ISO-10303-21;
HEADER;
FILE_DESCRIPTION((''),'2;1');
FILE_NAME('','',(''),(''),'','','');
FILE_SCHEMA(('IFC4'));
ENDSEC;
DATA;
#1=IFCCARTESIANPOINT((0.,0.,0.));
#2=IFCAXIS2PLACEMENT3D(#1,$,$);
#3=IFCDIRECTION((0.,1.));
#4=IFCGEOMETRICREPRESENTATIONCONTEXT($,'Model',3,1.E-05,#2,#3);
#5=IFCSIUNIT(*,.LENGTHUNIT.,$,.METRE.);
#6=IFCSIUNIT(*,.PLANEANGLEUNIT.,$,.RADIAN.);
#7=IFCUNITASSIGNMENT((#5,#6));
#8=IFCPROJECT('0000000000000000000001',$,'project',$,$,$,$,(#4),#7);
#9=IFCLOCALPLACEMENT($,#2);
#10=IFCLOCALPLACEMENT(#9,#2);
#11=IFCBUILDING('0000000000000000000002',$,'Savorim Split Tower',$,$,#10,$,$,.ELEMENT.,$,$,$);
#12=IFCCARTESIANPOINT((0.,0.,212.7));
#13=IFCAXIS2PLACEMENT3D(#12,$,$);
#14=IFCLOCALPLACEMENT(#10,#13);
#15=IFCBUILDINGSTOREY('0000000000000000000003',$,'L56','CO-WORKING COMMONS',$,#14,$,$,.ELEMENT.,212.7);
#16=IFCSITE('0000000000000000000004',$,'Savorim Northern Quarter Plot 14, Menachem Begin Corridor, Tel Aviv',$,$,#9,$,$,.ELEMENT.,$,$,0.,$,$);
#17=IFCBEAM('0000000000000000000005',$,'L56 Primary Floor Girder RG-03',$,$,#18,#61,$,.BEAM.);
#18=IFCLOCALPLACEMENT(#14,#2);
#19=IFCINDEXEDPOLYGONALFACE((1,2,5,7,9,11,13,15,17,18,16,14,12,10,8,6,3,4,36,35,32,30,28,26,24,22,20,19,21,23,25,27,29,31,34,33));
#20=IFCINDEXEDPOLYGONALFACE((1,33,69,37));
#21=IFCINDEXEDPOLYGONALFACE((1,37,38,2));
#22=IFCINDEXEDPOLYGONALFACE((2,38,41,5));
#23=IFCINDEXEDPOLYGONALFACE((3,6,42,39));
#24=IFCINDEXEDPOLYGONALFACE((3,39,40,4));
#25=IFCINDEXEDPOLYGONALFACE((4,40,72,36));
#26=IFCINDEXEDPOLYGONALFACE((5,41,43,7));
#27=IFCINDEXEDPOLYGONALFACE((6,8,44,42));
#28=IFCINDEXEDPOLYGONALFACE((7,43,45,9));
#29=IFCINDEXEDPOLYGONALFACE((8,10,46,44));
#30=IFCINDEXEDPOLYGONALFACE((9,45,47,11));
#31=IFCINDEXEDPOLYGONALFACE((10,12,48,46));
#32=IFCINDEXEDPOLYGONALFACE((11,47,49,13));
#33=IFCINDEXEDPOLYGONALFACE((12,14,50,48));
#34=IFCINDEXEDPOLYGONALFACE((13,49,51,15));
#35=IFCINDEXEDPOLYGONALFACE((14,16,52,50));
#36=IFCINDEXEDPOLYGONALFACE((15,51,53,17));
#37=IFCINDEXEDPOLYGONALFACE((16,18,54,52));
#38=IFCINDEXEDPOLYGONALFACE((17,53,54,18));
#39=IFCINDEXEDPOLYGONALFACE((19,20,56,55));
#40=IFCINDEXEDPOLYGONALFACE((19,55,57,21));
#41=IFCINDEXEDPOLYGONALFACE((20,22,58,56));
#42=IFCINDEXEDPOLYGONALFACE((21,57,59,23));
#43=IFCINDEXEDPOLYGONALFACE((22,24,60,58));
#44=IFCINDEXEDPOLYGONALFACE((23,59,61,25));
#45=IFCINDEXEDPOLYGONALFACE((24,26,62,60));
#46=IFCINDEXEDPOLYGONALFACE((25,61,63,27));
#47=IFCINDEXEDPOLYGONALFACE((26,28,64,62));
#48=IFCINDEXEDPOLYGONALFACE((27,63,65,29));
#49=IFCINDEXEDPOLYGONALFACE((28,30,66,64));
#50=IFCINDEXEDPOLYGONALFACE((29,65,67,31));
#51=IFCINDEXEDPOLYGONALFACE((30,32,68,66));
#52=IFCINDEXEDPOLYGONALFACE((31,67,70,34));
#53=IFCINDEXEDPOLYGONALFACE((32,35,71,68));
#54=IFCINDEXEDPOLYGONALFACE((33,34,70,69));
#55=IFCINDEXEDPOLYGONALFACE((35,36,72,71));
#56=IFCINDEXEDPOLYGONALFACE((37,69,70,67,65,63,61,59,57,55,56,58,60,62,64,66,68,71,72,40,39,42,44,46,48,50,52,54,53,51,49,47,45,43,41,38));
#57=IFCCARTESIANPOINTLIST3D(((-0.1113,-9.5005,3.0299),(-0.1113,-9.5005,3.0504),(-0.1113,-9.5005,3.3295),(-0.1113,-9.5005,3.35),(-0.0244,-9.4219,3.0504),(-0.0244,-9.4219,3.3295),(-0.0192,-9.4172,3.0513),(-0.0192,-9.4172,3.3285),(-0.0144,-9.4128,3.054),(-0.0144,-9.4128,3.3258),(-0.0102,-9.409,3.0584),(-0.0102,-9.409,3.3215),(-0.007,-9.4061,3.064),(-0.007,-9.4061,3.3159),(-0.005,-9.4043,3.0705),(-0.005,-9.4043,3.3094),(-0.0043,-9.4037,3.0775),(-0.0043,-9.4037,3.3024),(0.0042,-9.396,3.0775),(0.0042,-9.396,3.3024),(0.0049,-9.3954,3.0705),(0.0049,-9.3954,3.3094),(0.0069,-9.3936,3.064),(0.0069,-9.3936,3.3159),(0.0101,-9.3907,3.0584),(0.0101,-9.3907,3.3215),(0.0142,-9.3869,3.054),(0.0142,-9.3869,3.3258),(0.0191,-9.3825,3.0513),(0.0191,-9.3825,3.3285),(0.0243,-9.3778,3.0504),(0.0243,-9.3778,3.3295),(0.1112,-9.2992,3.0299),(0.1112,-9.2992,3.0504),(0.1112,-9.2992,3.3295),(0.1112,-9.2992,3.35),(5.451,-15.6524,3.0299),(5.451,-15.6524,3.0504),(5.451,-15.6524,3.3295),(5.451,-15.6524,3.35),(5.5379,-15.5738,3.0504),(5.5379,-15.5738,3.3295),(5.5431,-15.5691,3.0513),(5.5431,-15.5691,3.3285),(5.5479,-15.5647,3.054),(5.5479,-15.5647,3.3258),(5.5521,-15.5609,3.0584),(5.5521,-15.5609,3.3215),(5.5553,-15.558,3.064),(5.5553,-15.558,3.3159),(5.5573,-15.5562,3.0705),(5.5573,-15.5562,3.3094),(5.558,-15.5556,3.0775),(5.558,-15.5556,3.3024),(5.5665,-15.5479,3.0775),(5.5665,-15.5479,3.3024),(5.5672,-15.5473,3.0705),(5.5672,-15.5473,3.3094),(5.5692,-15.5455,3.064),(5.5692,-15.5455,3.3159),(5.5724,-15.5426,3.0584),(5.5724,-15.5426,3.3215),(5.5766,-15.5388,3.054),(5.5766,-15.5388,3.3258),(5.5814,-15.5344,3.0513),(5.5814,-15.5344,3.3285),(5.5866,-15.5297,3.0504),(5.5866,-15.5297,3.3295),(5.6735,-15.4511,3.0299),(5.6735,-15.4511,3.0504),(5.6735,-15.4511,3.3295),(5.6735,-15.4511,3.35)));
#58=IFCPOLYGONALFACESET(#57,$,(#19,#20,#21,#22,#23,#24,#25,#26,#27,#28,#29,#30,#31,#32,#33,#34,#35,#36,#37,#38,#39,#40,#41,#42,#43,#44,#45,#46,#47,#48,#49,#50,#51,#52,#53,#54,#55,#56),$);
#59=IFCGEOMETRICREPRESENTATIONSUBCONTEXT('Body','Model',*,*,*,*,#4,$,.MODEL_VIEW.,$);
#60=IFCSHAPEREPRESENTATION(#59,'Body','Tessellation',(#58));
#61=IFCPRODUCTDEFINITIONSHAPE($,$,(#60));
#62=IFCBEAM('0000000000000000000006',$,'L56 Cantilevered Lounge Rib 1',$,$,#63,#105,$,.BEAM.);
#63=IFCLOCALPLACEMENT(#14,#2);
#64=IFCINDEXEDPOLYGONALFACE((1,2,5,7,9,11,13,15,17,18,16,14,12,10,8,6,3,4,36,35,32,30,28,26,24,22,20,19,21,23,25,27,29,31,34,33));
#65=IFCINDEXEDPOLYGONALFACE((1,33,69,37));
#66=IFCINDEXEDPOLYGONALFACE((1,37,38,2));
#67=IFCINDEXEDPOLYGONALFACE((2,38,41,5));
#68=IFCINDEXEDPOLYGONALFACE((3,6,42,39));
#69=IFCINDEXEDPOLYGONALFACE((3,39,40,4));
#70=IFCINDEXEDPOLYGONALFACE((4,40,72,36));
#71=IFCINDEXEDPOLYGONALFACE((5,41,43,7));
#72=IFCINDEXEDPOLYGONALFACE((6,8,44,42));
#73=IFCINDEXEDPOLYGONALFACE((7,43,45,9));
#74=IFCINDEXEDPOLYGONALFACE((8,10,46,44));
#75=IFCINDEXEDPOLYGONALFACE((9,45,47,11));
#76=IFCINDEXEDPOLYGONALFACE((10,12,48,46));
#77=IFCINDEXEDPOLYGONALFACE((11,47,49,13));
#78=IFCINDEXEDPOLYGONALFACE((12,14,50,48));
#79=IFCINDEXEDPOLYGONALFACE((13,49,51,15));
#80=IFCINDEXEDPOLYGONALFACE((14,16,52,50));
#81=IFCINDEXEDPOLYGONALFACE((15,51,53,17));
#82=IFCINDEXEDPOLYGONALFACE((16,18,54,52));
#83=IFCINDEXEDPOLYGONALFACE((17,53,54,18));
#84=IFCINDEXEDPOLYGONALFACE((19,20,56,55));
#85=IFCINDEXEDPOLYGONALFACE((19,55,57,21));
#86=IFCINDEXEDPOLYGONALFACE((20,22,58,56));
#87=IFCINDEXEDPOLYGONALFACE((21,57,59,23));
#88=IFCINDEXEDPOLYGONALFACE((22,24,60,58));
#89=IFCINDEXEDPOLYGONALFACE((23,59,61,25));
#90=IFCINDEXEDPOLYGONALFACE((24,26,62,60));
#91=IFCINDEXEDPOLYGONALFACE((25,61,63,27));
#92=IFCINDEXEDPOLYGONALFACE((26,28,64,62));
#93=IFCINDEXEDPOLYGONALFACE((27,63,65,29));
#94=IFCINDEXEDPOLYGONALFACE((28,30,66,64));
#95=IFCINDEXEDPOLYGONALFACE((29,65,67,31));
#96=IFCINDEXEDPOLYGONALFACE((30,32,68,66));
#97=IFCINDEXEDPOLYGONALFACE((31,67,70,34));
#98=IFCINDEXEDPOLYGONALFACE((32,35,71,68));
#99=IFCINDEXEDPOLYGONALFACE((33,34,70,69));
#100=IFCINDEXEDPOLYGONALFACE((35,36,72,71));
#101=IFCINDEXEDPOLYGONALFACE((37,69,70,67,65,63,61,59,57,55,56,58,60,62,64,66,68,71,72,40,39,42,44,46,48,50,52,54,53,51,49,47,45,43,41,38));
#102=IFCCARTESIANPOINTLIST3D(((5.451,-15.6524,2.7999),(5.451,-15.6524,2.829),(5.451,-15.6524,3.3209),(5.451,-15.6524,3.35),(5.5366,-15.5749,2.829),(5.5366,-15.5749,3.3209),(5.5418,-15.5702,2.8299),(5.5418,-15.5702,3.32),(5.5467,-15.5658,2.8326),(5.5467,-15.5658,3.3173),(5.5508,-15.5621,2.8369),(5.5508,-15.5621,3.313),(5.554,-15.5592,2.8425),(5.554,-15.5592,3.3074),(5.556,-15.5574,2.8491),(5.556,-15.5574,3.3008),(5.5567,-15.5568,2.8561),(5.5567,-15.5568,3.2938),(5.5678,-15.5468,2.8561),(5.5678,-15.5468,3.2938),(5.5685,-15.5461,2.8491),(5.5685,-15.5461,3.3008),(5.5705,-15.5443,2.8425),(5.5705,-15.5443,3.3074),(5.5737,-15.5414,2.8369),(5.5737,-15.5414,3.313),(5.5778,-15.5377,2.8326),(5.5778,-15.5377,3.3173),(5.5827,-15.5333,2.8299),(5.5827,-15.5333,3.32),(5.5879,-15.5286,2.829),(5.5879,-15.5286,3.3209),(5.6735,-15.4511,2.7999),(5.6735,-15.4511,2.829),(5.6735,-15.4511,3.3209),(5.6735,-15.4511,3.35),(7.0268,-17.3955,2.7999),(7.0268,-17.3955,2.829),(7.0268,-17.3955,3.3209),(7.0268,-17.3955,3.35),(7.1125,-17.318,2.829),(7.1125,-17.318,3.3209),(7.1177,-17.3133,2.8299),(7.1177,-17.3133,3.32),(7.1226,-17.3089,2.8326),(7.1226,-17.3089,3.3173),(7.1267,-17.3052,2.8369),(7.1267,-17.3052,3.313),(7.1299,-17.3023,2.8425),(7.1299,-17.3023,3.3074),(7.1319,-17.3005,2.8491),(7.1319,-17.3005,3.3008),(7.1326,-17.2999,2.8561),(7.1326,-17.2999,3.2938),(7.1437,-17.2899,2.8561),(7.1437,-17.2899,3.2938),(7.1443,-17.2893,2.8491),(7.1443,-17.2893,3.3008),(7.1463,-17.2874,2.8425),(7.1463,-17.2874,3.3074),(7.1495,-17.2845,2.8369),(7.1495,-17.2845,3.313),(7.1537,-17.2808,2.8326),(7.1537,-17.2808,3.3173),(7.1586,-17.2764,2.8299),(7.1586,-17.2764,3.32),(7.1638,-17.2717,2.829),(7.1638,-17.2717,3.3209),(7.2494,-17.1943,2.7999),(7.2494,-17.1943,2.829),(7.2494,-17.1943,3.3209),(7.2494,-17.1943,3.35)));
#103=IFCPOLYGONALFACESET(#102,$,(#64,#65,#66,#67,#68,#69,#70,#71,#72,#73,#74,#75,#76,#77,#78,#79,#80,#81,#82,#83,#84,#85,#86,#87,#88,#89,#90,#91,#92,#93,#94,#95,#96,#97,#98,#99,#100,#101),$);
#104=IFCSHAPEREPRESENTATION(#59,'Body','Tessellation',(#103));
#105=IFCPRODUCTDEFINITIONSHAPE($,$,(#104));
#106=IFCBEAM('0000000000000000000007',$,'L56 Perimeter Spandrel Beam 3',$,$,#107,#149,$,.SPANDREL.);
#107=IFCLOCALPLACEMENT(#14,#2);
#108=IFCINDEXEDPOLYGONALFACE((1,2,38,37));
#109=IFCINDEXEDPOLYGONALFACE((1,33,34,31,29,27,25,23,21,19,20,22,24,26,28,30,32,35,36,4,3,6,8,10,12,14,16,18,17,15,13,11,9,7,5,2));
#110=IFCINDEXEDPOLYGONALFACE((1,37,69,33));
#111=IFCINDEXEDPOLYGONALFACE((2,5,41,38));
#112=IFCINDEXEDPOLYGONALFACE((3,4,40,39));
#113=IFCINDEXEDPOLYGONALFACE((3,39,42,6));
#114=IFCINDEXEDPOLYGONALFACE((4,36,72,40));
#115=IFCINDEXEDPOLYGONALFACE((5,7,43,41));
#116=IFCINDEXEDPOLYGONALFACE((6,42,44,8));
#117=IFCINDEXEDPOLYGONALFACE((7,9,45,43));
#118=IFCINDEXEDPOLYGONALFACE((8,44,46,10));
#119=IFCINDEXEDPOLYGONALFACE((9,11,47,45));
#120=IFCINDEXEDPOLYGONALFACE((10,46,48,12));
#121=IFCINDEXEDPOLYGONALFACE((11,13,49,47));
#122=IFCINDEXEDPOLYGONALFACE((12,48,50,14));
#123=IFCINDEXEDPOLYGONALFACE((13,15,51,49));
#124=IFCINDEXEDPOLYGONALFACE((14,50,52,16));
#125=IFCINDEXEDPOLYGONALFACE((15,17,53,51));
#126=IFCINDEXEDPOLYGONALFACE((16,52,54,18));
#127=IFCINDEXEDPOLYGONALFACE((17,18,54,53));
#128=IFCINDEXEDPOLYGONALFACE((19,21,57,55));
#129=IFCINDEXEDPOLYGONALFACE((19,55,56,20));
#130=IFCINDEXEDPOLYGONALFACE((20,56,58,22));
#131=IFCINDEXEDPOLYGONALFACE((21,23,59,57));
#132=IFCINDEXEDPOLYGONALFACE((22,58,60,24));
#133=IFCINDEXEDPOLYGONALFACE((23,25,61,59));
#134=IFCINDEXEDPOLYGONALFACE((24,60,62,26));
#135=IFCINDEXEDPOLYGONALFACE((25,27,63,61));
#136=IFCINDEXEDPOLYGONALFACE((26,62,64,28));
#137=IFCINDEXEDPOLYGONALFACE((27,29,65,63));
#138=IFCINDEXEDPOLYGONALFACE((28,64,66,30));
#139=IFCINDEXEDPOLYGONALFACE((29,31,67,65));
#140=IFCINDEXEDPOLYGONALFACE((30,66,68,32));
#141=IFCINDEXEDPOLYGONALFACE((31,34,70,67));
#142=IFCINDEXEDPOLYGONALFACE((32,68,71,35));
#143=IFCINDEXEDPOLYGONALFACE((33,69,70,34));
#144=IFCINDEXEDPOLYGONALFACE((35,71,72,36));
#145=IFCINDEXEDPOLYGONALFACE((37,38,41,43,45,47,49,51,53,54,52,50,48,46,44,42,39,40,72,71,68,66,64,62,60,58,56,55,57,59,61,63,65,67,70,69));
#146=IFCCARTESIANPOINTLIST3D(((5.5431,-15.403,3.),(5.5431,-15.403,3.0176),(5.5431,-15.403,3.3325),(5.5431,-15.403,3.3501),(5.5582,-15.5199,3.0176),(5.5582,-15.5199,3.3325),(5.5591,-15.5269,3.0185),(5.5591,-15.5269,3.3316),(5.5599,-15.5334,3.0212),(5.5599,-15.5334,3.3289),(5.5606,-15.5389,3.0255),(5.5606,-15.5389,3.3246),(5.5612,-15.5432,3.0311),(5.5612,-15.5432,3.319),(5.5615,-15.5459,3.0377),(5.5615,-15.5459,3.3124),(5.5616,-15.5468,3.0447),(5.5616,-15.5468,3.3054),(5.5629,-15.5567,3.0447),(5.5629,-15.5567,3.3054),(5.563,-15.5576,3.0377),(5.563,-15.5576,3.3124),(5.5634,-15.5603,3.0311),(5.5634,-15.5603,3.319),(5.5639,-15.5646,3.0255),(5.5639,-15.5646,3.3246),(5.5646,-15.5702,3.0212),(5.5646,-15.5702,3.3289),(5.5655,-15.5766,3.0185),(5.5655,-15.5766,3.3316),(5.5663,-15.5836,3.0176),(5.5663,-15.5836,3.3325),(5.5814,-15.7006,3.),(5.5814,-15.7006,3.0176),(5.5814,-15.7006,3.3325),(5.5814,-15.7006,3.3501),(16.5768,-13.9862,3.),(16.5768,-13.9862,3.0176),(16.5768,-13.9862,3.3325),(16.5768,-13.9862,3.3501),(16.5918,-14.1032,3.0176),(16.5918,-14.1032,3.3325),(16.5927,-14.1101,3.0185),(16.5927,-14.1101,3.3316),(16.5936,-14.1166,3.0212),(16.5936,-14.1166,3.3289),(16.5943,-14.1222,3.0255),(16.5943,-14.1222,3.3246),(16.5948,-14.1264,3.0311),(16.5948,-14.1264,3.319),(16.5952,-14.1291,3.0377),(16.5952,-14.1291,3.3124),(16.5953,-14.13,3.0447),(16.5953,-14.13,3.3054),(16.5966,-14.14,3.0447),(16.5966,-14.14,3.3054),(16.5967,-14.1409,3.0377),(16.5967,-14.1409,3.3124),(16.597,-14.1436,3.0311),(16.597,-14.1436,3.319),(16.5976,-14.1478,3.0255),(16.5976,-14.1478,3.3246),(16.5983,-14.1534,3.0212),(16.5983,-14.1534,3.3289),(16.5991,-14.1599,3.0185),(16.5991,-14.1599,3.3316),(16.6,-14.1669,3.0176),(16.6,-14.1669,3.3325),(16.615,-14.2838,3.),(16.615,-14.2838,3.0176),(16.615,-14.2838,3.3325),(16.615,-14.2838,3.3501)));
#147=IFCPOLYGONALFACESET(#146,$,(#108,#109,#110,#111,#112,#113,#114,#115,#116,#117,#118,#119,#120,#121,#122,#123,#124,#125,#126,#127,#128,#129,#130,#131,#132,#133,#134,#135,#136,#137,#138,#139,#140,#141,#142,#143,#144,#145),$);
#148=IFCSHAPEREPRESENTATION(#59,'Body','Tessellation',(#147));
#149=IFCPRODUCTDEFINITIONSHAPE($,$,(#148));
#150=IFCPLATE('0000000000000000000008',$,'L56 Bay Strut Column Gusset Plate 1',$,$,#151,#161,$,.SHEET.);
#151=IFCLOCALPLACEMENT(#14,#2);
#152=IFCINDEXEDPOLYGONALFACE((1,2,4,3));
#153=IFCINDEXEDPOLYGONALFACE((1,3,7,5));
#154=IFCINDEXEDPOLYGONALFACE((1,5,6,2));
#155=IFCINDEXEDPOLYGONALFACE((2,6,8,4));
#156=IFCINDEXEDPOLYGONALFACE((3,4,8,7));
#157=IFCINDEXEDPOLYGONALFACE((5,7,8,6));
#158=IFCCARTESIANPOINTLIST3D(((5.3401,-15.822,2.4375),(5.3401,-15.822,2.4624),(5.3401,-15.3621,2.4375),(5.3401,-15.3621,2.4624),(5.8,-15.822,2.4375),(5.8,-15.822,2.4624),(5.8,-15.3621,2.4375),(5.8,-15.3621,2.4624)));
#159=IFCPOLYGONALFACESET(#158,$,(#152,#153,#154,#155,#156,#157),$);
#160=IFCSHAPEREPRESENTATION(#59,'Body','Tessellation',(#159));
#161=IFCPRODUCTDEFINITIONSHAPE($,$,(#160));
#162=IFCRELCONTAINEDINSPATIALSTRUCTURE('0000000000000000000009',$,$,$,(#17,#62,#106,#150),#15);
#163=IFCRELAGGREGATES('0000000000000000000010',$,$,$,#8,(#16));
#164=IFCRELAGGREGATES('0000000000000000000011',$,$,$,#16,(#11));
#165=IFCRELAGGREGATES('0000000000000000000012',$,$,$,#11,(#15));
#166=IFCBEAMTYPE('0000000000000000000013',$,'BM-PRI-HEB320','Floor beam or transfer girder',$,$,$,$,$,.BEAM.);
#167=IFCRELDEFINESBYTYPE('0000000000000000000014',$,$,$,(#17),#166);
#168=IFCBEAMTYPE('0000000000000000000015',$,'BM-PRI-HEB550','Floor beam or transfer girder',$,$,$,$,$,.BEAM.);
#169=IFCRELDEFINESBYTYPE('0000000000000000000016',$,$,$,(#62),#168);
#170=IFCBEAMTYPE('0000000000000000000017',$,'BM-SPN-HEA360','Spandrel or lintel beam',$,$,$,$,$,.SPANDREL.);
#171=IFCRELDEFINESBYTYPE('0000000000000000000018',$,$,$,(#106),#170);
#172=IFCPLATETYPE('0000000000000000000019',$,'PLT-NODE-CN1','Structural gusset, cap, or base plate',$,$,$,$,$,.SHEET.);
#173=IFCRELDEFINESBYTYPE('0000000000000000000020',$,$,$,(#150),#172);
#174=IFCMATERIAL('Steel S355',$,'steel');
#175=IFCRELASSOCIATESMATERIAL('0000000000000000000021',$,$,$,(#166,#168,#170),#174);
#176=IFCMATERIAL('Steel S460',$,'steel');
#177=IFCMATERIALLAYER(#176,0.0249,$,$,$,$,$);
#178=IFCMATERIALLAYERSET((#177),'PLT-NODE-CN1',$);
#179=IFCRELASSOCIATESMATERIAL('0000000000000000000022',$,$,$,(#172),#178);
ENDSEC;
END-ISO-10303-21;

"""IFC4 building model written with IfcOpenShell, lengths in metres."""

from ifc_helpers import new_model, si_unit, direction, frame, origin, origin_2d, place, context, subcontext, project, spatial, rectangle, i_section, extrude, material, layer, layer_set, material_profile, profile_set, type_object, element, save


model = new_model("IFC4")

# Units and contexts
model_context = context("Model", 3, precision=1e-05, world=origin(), true_north=direction((0.0, 1.0)))
body_context = subcontext(model_context, "Body", "Model", "MODEL_VIEW")
ifc_project = project(units=[si_unit("LENGTHUNIT", "METRE"), si_unit("PLANEANGLEUNIT", "RADIAN")], contexts=[model_context])

# Site, building, storey
site_placement = place(None, origin())
site = spatial("IfcSite", under=ifc_project, at=site_placement, Name="Savorim Northern Quarter Plot 14, Menachem Begin Corridor, Tel Aviv", CompositionType="ELEMENT", RefElevation=0.0)
building_placement = place(site_placement, origin())
building = spatial("IfcBuilding", under=site, at=building_placement, Name="Savorim Split Tower", CompositionType="ELEMENT")
storey_placement = place(building_placement, frame((0.0, 0.0, 212.7)))
storey = spatial("IfcBuildingStorey", under=building, at=storey_placement, Name="L56", Description="CO-WORKING COMMONS", CompositionType="ELEMENT", Elevation=212.7)

# Shared definitions
ifc_material_1 = material(Name="Steel S355", Category="steel")

# Beams
ifc_material_profile_1 = material_profile(ifc_material_1, i_section(OverallWidth=0.3, OverallDepth=0.3201, WebThickness=0.0115, FlangeThickness=0.0205, FilletRadius=0.0271, at=origin_2d()), Name="HEB 320")
ifc_profile_set_1 = profile_set([ifc_material_profile_1], Name="Steel S355")
beam_type_1 = type_object("IfcBeamType", Name="BM-PRI-HEB320", Description="Floor beam or transfer girder", PredefinedType="BEAM", material=ifc_profile_set_1)
beam_1_placement = place(storey_placement, frame((5.5623, -15.5518, 3.1899), z_axis=(-0.670667, 0.741758, 0.0), x_axis=(-0.741758, -0.670667, 0.0)))
element("IfcBeam", 1, at=beam_1_placement, inside=storey, type_object=beam_type_1, Name="L56 Primary Floor Girder RG-03", PredefinedType="BEAM", context=body_context, shape_type="SweptSolid", body=[
    extrude(i_section(OverallWidth=0.3, OverallDepth=0.3201, WebThickness=0.0115, FlangeThickness=0.0205, FilletRadius=0.0271, at=origin_2d()), origin(), (0.0, 0.0, 1.0), 8.2937),
])
ifc_material_profile_2 = material_profile(ifc_material_1, i_section(OverallWidth=0.3, OverallDepth=0.55, WebThickness=0.0149, FlangeThickness=0.0291, FilletRadius=0.0271, at=origin_2d()), Name="HEB 550")
ifc_profile_set_2 = profile_set([ifc_material_profile_2], Name="Steel S355")
beam_type_2 = type_object("IfcBeamType", Name="BM-PRI-HEB550", Description="Floor beam or transfer girder", PredefinedType="BEAM", material=ifc_profile_set_2)
beam_2_placement = place(storey_placement, frame((5.5623, -15.5518, 3.075), z_axis=(0.670628, -0.741794, 0.0), x_axis=(0.741794, 0.670628, 0.0)))
element("IfcBeam", 2, at=beam_2_placement, inside=storey, type_object=beam_type_2, Name="L56 Cantilevered Lounge Rib 1", PredefinedType="BEAM", context=body_context, shape_type="SweptSolid", body=[
    extrude(i_section(OverallWidth=0.3, OverallDepth=0.55, WebThickness=0.0149, FlangeThickness=0.0291, FilletRadius=0.0271, at=origin_2d()), origin(), (0.0, 0.0, 1.0), 2.3499),
])
ifc_material_profile_3 = material_profile(ifc_material_1, i_section(OverallWidth=0.3, OverallDepth=0.3501, WebThickness=0.01, FlangeThickness=0.0176, FilletRadius=0.0271, at=origin_2d()), Name="HEA 360")
ifc_profile_set_3 = profile_set([ifc_material_profile_3], Name="Steel S355")
beam_type_3 = type_object("IfcBeamType", Name="BM-SPN-HEA360", Description="Spandrel or lintel beam", PredefinedType="SPANDREL", material=ifc_profile_set_3)
beam_3_placement = place(storey_placement, frame((5.5623, -15.5518, 3.175), z_axis=(0.991857, 0.127356, 0.0), x_axis=(-0.127356, 0.991857, 0.0)))
element("IfcBeam", 3, at=beam_3_placement, inside=storey, type_object=beam_type_3, Name="L56 Perimeter Spandrel Beam 3", PredefinedType="SPANDREL", context=body_context, shape_type="SweptSolid", body=[
    extrude(i_section(OverallWidth=0.3, OverallDepth=0.3501, WebThickness=0.01, FlangeThickness=0.0176, FilletRadius=0.0271, at=origin_2d()), origin(), (0.0, 0.0, 1.0), 11.1243),
])

# Plate
ifc_material_2 = material(Name="Steel S460", Category="steel")
ifc_layer_1 = layer(ifc_material_2, 0.0249)
ifc_layer_set_1 = layer_set([ifc_layer_1], Name="PLT-NODE-CN1")
plate_type = type_object("IfcPlateType", Name="PLT-NODE-CN1", Description="Structural gusset, cap, or base plate", PredefinedType="SHEET", material=ifc_layer_set_1)
plate_placement = place(storey_placement, frame((5.5701, -15.592, 2.4375), z_axis=(0.0, 0.0, 1.0), x_axis=(1.0, 0.0, 0.0)))
element("IfcPlate", 4, at=plate_placement, inside=storey, type_object=plate_type, Name="L56 Bay Strut Column Gusset Plate 1", PredefinedType="SHEET", context=body_context, shape_type="SweptSolid", body=[
    extrude(rectangle(XDim=0.46, YDim=0.46, at=origin_2d()), origin(), (0.0, 0.0, 1.0), 0.0249),
])

save(model, "model.ifc")
